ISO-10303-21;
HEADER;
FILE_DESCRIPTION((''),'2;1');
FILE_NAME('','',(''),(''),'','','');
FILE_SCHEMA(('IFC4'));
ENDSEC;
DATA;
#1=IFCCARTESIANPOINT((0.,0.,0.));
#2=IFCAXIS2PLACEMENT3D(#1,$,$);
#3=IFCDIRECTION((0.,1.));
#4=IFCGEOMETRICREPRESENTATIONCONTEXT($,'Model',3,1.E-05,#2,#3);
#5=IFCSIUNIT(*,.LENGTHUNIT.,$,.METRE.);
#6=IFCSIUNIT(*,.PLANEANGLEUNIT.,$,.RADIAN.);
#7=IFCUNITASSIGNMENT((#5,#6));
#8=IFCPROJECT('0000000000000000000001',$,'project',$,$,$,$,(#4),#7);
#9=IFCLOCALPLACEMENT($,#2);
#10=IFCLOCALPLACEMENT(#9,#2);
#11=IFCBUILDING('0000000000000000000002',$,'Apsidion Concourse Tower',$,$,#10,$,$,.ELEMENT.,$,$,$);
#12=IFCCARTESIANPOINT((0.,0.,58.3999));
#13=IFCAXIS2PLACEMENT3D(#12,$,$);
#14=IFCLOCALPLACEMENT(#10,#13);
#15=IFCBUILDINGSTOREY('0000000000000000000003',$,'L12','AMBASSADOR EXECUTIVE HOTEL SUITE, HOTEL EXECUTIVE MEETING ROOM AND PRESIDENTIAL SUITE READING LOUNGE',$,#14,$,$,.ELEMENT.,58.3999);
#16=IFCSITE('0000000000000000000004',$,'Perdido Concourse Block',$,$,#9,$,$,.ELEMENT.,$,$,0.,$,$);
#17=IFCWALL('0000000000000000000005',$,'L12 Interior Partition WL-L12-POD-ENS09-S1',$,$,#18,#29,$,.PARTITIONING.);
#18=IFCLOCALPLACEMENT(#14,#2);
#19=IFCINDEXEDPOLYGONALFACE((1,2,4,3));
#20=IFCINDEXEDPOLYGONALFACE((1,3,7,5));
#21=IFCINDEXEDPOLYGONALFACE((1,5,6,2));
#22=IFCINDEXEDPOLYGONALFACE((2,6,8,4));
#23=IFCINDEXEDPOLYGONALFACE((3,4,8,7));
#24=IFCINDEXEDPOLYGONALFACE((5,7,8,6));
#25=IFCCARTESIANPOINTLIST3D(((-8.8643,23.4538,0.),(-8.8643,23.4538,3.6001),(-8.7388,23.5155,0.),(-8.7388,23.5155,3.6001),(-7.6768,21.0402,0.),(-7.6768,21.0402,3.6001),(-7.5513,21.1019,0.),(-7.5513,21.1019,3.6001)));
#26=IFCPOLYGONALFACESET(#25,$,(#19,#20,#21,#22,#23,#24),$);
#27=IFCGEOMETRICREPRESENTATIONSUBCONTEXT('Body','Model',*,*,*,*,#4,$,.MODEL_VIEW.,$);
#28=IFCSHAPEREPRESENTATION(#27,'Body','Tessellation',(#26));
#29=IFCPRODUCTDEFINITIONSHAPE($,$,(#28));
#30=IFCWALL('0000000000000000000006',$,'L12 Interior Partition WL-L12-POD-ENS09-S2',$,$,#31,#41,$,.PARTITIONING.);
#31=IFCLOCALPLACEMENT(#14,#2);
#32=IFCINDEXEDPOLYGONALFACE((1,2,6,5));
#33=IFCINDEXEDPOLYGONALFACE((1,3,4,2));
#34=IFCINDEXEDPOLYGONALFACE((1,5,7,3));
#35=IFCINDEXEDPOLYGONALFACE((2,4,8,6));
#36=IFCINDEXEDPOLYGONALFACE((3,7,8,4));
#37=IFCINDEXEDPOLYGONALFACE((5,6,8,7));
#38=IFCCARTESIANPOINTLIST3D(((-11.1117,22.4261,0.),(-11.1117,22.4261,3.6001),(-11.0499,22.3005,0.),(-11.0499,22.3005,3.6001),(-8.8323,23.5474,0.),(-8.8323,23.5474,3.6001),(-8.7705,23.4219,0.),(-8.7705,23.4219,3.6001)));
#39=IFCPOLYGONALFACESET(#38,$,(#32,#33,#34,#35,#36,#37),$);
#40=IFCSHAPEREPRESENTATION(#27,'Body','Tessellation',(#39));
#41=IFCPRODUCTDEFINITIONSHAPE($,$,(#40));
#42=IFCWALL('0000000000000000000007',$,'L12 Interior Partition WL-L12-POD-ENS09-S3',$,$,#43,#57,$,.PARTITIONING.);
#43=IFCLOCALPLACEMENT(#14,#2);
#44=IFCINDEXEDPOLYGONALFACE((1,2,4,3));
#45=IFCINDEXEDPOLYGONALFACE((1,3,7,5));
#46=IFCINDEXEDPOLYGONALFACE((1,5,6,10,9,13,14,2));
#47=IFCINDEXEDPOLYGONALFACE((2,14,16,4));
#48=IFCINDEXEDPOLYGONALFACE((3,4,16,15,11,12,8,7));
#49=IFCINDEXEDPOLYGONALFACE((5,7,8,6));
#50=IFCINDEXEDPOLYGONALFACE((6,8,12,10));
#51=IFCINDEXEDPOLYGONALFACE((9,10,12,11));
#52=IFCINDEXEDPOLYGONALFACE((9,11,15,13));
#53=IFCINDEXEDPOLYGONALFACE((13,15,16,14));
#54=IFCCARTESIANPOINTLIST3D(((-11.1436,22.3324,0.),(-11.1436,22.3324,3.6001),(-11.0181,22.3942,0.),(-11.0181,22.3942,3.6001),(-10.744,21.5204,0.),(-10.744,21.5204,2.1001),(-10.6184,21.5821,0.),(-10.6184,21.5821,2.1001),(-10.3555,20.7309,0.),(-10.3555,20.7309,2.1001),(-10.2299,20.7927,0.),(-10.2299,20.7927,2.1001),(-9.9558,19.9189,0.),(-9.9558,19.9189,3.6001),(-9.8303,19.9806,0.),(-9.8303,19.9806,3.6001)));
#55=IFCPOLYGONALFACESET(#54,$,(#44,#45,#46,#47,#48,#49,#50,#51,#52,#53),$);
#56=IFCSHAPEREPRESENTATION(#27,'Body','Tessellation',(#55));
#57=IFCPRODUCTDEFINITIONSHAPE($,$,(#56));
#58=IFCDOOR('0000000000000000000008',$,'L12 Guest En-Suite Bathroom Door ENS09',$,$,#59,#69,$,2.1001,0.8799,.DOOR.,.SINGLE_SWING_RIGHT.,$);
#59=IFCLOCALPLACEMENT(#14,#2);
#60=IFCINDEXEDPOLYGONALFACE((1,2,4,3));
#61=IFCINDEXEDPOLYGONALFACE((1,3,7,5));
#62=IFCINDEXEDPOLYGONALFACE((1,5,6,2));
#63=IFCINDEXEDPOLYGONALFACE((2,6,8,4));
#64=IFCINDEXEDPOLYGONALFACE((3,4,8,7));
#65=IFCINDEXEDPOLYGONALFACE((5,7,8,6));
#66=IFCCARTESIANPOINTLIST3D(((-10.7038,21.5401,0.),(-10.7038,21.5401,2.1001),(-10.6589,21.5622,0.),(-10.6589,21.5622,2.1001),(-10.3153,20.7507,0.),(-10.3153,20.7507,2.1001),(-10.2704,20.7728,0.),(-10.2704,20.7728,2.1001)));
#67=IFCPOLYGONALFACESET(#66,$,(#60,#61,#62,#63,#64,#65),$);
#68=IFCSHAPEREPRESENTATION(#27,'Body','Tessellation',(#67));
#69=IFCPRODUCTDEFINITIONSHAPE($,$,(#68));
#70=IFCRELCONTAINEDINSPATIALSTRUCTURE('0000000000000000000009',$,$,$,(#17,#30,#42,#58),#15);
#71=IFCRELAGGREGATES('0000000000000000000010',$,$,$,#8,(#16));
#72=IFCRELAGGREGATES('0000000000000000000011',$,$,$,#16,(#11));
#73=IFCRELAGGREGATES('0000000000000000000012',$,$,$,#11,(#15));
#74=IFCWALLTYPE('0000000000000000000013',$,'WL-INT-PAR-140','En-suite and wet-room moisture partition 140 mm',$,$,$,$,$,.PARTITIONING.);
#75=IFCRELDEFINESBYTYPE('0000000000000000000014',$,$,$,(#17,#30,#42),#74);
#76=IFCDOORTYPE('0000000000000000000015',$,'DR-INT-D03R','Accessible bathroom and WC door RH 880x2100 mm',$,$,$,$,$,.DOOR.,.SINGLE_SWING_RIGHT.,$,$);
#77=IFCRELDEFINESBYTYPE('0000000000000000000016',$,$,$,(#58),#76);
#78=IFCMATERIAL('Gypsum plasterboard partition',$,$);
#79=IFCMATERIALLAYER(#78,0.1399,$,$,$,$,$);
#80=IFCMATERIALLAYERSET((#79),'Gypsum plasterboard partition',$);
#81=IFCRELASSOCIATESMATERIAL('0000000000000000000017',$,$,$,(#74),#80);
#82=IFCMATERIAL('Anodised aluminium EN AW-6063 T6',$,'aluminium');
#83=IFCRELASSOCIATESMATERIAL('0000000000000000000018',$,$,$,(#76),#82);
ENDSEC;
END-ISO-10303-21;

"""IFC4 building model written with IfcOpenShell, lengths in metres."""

from ifc_helpers import new_model, si_unit, direction, frame, frame_2d, origin, place, context, subcontext, project, spatial, rectangle, extrude, material, layer, layer_set, type_object, element, fill, save


model = new_model("IFC4")

# Units and contexts
model_context = context("Model", 3, precision=1e-05, world=origin(), true_north=direction((0.0, 1.0)))
body_context = subcontext(model_context, "Body", "Model", "MODEL_VIEW")
ifc_project = project(units=[si_unit("LENGTHUNIT", "METRE"), si_unit("PLANEANGLEUNIT", "RADIAN")], contexts=[model_context])

# Site, building, storey
site_placement = place(None, origin())
site = spatial("IfcSite", under=ifc_project, at=site_placement, Name="Perdido Concourse Block", CompositionType="ELEMENT", RefElevation=0.0)
building_placement = place(site_placement, origin())
building = spatial("IfcBuilding", under=site, at=building_placement, Name="Apsidion Concourse Tower", CompositionType="ELEMENT")
storey_placement = place(building_placement, frame((0.0, 0.0, 58.3999)))
storey = spatial("IfcBuildingStorey", under=building, at=storey_placement, Name="L12", Description="AMBASSADOR EXECUTIVE HOTEL SUITE, HOTEL EXECUTIVE MEETING ROOM AND PRESIDENTIAL SUITE READING LOUNGE", CompositionType="ELEMENT", Elevation=58.3999)

# Walls
ifc_material_1 = material(Name="Gypsum plasterboard partition")
ifc_layer_1 = layer(ifc_material_1, 0.1399)
ifc_layer_set_1 = layer_set([ifc_layer_1], Name="Gypsum plasterboard partition")
wall_type_1 = type_object("IfcWallType", Name="WL-INT-PAR-140", Description="En-suite and wet-room moisture partition 140 mm", PredefinedType="PARTITIONING", material=ifc_layer_set_1)
wall_1_placement = place(storey_placement, frame((-7.614, 21.071, 0.0), z_axis=(0.0, 0.0, 1.0), x_axis=(-0.441468, 0.897277, 0.0)))
element("IfcWall", 1, at=wall_1_placement, inside=storey, type_object=wall_type_1, Name="L12 Interior Partition WL-L12-POD-ENS09-S1", PredefinedType="PARTITIONING", context=body_context, shape_type="SweptSolid", body=[
    extrude(rectangle(XDim=2.6899, YDim=0.1399, at=frame_2d((1.345, 0.0))), origin(), (0.0, 0.0, 1.0), 3.6001),
])
wall_2_placement = place(storey_placement, frame((-8.8015, 23.4846, 0.0), z_axis=(0.0, 0.0, 1.0), x_axis=(-0.897292, -0.441438, 0.0)))
element("IfcWall", 2, at=wall_2_placement, inside=storey, type_object=wall_type_1, Name="L12 Interior Partition WL-L12-POD-ENS09-S2", PredefinedType="PARTITIONING", context=body_context, shape_type="SweptSolid", body=[
    extrude(rectangle(XDim=2.5403, YDim=0.1399, at=frame_2d((1.27, 0.0))), origin(), (0.0, 0.0, 1.0), 3.6001),
])

# Wall, opening, door
wall_3_placement = place(storey_placement, frame((-11.0808, 22.3633, 0.0), z_axis=(0.0, 0.0, 1.0), x_axis=(0.441541, -0.897241, 0.0)))
wall_3 = element("IfcWall", 3, at=wall_3_placement, inside=storey, type_object=wall_type_1, Name="L12 Interior Partition WL-L12-POD-ENS09-S3", PredefinedType="PARTITIONING", context=body_context, shape_type="SweptSolid", body=[
    extrude(rectangle(XDim=2.6899, YDim=0.1399, at=frame_2d((1.345, 0.0))), origin(), (0.0, 0.0, 1.0), 3.6001),
])
opening_placement = place(wall_3_placement, frame((0.905, 0.0, 0.0)))
opening = element("IfcOpeningElement", 4, at=opening_placement, cuts=wall_3, PredefinedType="OPENING", context=body_context, shape_type="SweptSolid", body=[
    extrude(rectangle(XDim=0.8799, YDim=2.1001, at=frame_2d((0.4399, 1.05))), frame((0.0, 0.0801, 0.0), z_axis=(0.0, -1.0, 0.0), x_axis=(1.0, 0.0, 0.0)), (0.0, 0.0, 1.0), 0.1599),
])
ifc_material_2 = material(Name="Anodised aluminium EN AW-6063 T6", Category="aluminium")
door_type = type_object("IfcDoorType", Name="DR-INT-D03R", Description="Accessible bathroom and WC door RH 880x2100 mm", OperationType="SINGLE_SWING_RIGHT", PredefinedType="DOOR", material=ifc_material_2)
door_placement = place(opening_placement, origin())
door = element("IfcDoor", 5, at=door_placement, inside=storey, type_object=door_type, Name="L12 Guest En-Suite Bathroom Door ENS09", OperationType="SINGLE_SWING_RIGHT", OverallHeight=2.1001, OverallWidth=0.8799, PredefinedType="DOOR", context=body_context, shape_type="SweptSolid", body=[
    extrude(rectangle(XDim=0.8799, YDim=2.1001, at=frame_2d((0.4399, 1.05))), frame((0.0, 0.0249, 0.0), z_axis=(0.0, -1.0, 0.0), x_axis=(1.0, 0.0, 0.0)), (0.0, 0.0, 1.0), 0.05),
])
fill(opening, door)

save(model, "model.ifc")
